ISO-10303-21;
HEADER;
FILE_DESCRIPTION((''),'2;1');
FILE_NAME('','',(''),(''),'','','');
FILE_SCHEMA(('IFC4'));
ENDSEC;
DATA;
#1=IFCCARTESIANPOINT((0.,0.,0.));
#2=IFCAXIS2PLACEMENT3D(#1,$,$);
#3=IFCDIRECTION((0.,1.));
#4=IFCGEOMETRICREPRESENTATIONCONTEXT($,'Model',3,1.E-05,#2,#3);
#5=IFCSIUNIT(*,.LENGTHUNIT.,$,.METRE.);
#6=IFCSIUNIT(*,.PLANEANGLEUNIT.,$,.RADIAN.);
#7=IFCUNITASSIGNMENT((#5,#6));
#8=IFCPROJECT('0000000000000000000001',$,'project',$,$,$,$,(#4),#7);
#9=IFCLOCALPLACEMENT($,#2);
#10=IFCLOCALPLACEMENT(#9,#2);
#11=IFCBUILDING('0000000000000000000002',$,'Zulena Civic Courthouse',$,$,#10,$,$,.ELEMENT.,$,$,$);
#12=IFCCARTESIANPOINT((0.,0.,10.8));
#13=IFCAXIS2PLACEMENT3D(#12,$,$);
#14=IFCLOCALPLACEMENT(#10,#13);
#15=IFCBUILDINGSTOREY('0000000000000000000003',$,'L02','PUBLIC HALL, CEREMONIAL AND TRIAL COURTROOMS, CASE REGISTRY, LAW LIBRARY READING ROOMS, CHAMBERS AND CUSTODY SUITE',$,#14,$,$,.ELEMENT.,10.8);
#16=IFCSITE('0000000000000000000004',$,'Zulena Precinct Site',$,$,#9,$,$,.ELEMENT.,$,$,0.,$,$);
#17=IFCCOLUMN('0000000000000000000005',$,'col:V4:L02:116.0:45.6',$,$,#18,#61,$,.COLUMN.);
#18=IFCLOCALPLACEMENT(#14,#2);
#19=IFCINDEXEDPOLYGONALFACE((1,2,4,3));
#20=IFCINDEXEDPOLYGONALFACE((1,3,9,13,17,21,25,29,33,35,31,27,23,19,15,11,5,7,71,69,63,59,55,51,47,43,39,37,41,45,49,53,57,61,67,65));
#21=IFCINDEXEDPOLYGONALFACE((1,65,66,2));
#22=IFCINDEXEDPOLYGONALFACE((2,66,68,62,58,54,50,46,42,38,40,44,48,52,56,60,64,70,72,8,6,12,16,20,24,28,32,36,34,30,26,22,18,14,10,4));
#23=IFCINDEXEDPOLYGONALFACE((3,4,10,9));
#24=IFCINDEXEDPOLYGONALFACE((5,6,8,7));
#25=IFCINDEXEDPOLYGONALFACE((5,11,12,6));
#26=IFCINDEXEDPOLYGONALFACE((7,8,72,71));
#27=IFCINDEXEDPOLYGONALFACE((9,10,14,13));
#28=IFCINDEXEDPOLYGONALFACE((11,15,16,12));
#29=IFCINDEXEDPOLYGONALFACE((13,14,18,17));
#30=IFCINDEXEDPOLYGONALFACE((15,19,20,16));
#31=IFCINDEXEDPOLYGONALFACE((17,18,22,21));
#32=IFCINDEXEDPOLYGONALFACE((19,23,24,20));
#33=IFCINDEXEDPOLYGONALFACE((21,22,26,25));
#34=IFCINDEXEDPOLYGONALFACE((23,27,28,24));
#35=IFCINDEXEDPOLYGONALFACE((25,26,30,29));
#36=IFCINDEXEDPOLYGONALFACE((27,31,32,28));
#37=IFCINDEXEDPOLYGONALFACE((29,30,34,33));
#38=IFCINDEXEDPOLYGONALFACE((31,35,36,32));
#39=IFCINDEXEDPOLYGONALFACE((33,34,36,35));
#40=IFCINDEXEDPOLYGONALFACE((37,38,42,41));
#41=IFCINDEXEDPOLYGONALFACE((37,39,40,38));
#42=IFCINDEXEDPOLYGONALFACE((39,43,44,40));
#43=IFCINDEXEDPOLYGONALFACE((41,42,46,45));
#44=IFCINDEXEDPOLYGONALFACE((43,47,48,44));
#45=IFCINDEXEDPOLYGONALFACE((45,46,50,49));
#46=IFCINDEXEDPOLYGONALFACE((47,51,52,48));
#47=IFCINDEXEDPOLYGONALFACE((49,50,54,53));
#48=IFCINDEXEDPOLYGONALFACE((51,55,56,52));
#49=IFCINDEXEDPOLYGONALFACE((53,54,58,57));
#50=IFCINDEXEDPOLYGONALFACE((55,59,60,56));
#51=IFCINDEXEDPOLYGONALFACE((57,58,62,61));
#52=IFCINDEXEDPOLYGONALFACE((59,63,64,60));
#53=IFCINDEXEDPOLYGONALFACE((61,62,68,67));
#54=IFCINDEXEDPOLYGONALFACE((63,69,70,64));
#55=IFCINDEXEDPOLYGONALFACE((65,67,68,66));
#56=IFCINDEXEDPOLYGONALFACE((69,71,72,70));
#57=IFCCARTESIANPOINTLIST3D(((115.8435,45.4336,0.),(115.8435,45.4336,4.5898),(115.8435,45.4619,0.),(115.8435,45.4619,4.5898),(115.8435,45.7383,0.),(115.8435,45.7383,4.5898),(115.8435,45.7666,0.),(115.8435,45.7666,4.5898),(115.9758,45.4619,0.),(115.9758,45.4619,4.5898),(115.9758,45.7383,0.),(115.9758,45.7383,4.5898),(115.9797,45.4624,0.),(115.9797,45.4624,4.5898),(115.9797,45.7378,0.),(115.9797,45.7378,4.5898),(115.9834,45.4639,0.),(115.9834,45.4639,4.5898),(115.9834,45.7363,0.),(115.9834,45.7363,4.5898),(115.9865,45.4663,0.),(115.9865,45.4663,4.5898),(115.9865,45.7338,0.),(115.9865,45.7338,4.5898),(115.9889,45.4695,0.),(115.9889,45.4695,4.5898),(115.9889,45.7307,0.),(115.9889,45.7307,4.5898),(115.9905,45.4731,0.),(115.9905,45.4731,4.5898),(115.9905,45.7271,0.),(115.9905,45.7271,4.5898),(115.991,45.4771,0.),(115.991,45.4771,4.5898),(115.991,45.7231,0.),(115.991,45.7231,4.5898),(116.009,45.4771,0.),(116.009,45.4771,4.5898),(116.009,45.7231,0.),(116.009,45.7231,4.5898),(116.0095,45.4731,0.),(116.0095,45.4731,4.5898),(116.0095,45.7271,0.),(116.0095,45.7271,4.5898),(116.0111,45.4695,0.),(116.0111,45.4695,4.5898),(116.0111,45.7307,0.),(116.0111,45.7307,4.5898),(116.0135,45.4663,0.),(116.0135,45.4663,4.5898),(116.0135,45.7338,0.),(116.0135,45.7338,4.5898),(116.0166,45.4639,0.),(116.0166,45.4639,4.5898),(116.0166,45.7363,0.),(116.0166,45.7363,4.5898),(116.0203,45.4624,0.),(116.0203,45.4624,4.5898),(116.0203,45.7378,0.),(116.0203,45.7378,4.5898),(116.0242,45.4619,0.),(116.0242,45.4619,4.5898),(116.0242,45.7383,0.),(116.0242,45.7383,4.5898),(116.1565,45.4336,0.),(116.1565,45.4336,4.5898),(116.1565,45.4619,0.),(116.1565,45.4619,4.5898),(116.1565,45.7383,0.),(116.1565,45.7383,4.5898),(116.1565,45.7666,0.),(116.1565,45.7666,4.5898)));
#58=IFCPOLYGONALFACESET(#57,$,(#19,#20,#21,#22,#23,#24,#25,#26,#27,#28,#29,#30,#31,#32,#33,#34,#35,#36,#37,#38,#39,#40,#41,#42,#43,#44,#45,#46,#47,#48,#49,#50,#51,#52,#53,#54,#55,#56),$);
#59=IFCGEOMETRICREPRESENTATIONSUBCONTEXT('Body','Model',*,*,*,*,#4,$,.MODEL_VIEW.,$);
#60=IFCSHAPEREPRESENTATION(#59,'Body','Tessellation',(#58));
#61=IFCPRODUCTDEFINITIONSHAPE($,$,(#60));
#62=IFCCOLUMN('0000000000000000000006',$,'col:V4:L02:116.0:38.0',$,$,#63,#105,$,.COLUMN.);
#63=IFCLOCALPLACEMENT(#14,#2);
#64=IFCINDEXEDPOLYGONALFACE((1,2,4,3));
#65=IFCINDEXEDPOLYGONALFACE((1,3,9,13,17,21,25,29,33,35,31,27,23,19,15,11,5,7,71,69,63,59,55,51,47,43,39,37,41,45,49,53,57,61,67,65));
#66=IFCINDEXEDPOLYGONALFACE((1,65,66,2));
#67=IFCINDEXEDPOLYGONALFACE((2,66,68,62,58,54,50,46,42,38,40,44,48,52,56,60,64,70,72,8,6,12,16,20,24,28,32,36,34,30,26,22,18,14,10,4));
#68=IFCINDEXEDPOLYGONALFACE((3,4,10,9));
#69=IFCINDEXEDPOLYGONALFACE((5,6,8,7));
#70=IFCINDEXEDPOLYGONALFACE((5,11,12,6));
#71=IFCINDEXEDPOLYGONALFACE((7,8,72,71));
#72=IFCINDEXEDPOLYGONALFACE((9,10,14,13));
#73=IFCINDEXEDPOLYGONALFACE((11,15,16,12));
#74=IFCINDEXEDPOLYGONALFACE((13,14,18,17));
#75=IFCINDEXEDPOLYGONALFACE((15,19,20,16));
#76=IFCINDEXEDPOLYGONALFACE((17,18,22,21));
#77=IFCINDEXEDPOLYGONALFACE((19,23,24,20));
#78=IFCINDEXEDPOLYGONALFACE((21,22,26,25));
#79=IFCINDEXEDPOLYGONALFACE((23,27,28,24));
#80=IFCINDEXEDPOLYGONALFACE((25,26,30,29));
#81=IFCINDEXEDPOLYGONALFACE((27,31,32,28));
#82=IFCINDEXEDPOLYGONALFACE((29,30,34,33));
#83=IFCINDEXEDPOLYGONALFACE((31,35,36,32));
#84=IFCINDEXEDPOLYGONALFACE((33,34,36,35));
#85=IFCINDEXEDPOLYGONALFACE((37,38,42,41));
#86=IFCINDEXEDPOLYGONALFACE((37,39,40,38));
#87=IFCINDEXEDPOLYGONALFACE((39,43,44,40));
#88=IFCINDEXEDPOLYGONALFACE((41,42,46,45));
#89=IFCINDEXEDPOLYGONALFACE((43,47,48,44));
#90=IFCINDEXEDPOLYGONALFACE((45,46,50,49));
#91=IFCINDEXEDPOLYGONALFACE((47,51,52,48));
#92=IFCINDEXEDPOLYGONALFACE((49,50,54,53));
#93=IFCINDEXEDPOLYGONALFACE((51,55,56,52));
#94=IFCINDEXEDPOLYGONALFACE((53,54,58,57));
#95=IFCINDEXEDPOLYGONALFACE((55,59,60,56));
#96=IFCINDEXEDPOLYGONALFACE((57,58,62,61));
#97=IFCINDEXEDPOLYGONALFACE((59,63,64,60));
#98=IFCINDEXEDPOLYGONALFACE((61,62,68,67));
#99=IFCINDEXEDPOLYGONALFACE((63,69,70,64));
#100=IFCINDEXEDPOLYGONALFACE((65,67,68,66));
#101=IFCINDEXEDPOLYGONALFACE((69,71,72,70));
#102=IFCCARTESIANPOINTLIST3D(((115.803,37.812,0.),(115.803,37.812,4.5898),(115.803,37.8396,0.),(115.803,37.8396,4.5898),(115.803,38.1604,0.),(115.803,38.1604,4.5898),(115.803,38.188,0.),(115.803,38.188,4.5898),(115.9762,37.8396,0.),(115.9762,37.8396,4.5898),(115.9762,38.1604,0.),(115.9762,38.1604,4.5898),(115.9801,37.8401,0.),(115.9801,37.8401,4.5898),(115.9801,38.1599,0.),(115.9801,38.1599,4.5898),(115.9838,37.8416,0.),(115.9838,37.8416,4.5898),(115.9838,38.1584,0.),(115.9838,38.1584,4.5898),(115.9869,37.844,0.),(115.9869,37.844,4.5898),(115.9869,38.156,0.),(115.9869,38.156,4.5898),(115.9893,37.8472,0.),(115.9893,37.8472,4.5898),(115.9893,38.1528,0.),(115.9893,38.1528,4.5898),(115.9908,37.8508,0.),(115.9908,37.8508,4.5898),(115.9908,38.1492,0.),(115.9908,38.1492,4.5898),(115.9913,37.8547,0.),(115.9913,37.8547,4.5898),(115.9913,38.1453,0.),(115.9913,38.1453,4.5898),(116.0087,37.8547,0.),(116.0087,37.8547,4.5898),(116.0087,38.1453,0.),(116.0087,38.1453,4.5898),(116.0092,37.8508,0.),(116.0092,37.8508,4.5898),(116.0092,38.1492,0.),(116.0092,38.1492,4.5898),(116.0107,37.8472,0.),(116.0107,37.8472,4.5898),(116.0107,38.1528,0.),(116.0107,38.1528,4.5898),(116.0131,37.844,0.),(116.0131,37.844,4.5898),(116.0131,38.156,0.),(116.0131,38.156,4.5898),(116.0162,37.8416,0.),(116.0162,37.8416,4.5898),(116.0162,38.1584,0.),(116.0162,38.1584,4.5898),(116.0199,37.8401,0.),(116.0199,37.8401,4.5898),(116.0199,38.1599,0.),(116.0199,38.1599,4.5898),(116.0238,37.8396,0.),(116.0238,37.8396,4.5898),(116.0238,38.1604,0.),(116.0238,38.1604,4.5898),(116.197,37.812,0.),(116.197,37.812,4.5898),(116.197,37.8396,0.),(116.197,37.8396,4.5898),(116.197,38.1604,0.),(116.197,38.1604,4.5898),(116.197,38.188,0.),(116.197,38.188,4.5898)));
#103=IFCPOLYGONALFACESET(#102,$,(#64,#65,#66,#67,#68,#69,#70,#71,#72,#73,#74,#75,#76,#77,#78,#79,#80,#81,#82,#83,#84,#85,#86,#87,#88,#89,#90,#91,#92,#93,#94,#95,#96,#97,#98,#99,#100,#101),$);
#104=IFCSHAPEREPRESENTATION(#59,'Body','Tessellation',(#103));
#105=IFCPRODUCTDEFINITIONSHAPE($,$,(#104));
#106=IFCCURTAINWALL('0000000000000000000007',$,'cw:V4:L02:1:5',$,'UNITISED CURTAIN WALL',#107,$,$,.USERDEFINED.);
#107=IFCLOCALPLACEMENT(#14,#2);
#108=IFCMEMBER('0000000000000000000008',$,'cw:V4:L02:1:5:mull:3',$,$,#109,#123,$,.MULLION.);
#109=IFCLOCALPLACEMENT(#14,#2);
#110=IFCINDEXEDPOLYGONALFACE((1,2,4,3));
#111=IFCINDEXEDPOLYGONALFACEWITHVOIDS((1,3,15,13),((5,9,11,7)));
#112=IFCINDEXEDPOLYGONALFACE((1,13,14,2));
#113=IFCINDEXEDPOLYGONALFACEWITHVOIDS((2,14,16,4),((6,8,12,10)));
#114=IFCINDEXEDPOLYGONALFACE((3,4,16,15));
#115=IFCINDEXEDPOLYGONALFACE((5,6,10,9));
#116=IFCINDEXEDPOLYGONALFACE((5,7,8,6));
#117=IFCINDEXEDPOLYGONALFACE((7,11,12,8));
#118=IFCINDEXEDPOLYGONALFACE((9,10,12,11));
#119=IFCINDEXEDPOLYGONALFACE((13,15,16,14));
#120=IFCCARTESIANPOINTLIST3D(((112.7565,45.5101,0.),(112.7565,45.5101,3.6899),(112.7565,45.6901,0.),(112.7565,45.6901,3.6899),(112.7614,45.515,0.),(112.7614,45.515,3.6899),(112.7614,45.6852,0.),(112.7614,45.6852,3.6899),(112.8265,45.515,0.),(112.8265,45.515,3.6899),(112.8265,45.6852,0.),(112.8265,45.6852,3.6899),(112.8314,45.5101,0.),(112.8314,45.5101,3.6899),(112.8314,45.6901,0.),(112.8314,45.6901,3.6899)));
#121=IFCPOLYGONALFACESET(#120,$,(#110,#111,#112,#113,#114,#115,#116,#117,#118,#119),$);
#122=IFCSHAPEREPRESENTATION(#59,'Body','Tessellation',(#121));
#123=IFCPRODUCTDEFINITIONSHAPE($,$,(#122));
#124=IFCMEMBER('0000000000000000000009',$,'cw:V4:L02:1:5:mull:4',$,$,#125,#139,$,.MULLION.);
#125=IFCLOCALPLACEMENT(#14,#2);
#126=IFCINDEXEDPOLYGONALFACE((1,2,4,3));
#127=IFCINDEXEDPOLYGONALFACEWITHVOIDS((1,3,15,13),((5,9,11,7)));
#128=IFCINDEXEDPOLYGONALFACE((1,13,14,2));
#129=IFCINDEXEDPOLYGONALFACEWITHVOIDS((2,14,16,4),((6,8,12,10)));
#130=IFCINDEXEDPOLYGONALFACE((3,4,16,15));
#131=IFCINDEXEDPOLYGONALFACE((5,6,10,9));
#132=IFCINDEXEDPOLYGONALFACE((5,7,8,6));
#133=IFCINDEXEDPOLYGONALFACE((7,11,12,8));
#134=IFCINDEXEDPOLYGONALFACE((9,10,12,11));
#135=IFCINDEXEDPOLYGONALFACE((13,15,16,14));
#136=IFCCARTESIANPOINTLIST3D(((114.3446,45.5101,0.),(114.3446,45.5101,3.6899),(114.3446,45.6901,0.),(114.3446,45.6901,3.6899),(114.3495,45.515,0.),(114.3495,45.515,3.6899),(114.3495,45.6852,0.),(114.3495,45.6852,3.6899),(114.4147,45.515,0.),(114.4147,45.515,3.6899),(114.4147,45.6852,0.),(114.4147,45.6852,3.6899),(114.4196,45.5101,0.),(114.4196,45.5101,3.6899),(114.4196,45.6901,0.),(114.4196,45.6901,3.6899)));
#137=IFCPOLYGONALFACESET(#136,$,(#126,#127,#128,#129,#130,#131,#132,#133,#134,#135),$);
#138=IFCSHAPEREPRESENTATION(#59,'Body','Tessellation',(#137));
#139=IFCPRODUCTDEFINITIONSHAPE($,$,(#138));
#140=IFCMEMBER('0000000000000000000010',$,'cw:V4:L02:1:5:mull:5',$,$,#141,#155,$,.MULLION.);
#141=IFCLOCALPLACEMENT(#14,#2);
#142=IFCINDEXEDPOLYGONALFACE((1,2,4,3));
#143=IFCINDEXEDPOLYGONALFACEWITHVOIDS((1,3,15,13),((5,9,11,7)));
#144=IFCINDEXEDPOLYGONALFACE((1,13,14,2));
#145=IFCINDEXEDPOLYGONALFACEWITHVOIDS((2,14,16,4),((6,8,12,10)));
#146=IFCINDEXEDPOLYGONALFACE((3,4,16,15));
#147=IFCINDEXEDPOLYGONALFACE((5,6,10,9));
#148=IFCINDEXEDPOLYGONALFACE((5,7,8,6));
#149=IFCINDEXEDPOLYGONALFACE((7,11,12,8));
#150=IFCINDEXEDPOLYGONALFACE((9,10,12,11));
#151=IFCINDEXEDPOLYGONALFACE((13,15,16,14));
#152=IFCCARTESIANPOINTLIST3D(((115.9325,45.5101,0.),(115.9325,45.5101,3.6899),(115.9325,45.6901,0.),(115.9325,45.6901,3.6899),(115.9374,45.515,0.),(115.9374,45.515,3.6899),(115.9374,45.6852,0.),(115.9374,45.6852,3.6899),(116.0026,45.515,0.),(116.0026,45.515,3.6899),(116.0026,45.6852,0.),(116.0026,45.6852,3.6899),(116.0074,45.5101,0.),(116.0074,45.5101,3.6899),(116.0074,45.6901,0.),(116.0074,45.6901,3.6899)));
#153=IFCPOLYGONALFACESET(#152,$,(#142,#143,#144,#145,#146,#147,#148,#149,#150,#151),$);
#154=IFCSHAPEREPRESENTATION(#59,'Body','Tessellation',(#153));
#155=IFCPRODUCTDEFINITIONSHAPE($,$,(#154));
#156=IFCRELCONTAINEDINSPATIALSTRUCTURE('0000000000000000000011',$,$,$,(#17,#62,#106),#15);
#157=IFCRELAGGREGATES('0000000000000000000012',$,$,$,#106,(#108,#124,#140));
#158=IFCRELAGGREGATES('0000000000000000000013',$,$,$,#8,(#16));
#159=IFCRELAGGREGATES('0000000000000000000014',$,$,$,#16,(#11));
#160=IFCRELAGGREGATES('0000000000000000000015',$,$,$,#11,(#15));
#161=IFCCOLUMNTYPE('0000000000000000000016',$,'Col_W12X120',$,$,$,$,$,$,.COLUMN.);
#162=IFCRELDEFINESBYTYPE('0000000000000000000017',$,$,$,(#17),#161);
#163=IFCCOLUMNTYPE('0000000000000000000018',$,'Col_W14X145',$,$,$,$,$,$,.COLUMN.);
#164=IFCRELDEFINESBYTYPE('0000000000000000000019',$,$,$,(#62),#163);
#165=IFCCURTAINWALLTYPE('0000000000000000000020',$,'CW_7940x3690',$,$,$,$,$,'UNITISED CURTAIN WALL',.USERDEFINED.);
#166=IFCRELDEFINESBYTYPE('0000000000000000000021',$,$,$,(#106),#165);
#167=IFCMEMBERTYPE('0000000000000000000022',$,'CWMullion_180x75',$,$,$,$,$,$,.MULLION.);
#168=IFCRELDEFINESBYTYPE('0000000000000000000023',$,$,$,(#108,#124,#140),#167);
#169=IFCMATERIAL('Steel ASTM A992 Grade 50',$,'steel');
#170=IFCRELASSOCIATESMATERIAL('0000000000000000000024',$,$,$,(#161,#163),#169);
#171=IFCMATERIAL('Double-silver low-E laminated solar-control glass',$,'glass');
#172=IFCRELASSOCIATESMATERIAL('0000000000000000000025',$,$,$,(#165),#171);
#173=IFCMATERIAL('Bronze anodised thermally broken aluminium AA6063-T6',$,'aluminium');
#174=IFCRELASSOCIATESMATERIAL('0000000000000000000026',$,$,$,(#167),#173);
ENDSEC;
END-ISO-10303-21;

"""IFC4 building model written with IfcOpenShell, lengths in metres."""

from ifc_helpers import new_model, si_unit, direction, frame, origin, origin_2d, place, context, subcontext, project, spatial, hollow_rectangle, i_section, extrude, material, material_profile, profile_set, type_object, element, aggregate, save


model = new_model("IFC4")

# Units and contexts
model_context = context("Model", 3, precision=1e-05, world=origin(), true_north=direction((0.0, 1.0)))
body_context = subcontext(model_context, "Body", "Model", "MODEL_VIEW")
ifc_project = project(units=[si_unit("LENGTHUNIT", "METRE"), si_unit("PLANEANGLEUNIT", "RADIAN")], contexts=[model_context])

# Site, building, storey
site_placement = place(None, origin())
site = spatial("IfcSite", under=ifc_project, at=site_placement, Name="Zulena Precinct Site", CompositionType="ELEMENT", RefElevation=0.0)
building_placement = place(site_placement, origin())
building = spatial("IfcBuilding", under=site, at=building_placement, Name="Zulena Civic Courthouse", CompositionType="ELEMENT")
storey_placement = place(building_placement, frame((0.0, 0.0, 10.8)))
storey = spatial("IfcBuildingStorey", under=building, at=storey_placement, Name="L02", Description="PUBLIC HALL, CEREMONIAL AND TRIAL COURTROOMS, CASE REGISTRY, LAW LIBRARY READING ROOMS, CHAMBERS AND CUSTODY SUITE", CompositionType="ELEMENT", Elevation=10.8)

# Columns
ifc_material_1 = material(Name="Steel ASTM A992 Grade 50", Category="steel")
ifc_material_profile_1 = material_profile(ifc_material_1, i_section(OverallWidth=0.313, OverallDepth=0.333, WebThickness=0.0181, FlangeThickness=0.0283, FilletRadius=0.0151, at=origin_2d()), Name="W12X120")
ifc_profile_set_1 = profile_set([ifc_material_profile_1], Name="Steel ASTM A992 Grade 50")
column_type_1 = type_object("IfcColumnType", Name="Col_W12X120", PredefinedType="COLUMN", material=ifc_profile_set_1)
column_1_placement = place(storey_placement, frame((116.0, 45.6001, 0.0), z_axis=(0.0, 0.0, 1.0), x_axis=(1.0, 0.0, 0.0)))
element("IfcColumn", 1, at=column_1_placement, inside=storey, type_object=column_type_1, Name="col:V4:L02:116.0:45.6", PredefinedType="COLUMN", context=body_context, shape_type="SweptSolid", body=[
    extrude(i_section(OverallWidth=0.313, OverallDepth=0.333, WebThickness=0.0181, FlangeThickness=0.0283, FilletRadius=0.0151, at=origin_2d()), origin(), (0.0, 0.0, 1.0), 4.5898),
])
ifc_material_profile_2 = material_profile(ifc_material_1, i_section(OverallWidth=0.394, OverallDepth=0.376, WebThickness=0.0173, FlangeThickness=0.0276, FilletRadius=0.0151, at=origin_2d()), Name="W14X145")
ifc_profile_set_2 = profile_set([ifc_material_profile_2], Name="Steel ASTM A992 Grade 50")
column_type_2 = type_object("IfcColumnType", Name="Col_W14X145", PredefinedType="COLUMN", material=ifc_profile_set_2)
column_2_placement = place(storey_placement, frame((116.0, 38.0, 0.0), z_axis=(0.0, 0.0, 1.0), x_axis=(1.0, 0.0, 0.0)))
element("IfcColumn", 2, at=column_2_placement, inside=storey, type_object=column_type_2, Name="col:V4:L02:116.0:38.0", PredefinedType="COLUMN", context=body_context, shape_type="SweptSolid", body=[
    extrude(i_section(OverallWidth=0.394, OverallDepth=0.376, WebThickness=0.0173, FlangeThickness=0.0276, FilletRadius=0.0151, at=origin_2d()), origin(), (0.0, 0.0, 1.0), 4.5898),
])

# Curtain wall, members
ifc_material_2 = material(Name="Double-silver low-E laminated solar-control glass", Category="glass")
curtain_wall_type = type_object("IfcCurtainWallType", Name="CW_7940x3690", ElementType="UNITISED CURTAIN WALL", PredefinedType="USERDEFINED", material=ifc_material_2)
curtain_wall_placement = place(storey_placement, origin())
curtain_wall = element("IfcCurtainWall", 3, at=curtain_wall_placement, inside=storey, type_object=curtain_wall_type, Name="cw:V4:L02:1:5", ObjectType="UNITISED CURTAIN WALL", PredefinedType="USERDEFINED")
ifc_material_3 = material(Name="Bronze anodised thermally broken aluminium AA6063-T6", Category="aluminium")
ifc_material_profile_3 = material_profile(ifc_material_3, hollow_rectangle(XDim=0.075, YDim=0.1799, WallThickness=0.0049, at=origin_2d()), Name="CWM180X75X5")
ifc_profile_set_3 = profile_set([ifc_material_profile_3], Name="Bronze anodised thermally broken aluminium AA6063-T6")
member_type = type_object("IfcMemberType", Name="CWMullion_180x75", PredefinedType="MULLION", material=ifc_profile_set_3)
member_1_placement = place(storey_placement, frame((112.7939, 45.6001, 0.0), z_axis=(0.0, 0.0, 1.0), x_axis=(1.0, 0.0, 0.0)))
member_1 = element("IfcMember", 4, at=member_1_placement, type_object=member_type, Name="cw:V4:L02:1:5:mull:3", PredefinedType="MULLION", context=body_context, shape_type="SweptSolid", body=[
    extrude(hollow_rectangle(XDim=0.075, YDim=0.1799, WallThickness=0.0049, at=origin_2d()), origin(), (0.0, 0.0, 1.0), 3.6899),
])
member_2_placement = place(storey_placement, frame((114.3821, 45.6001, 0.0), z_axis=(0.0, 0.0, 1.0), x_axis=(1.0, 0.0, 0.0)))
member_2 = element("IfcMember", 5, at=member_2_placement, type_object=member_type, Name="cw:V4:L02:1:5:mull:4", PredefinedType="MULLION", context=body_context, shape_type="SweptSolid", body=[
    extrude(hollow_rectangle(XDim=0.075, YDim=0.1799, WallThickness=0.0049, at=origin_2d()), origin(), (0.0, 0.0, 1.0), 3.6899),
])
member_3_placement = place(storey_placement, frame((115.97, 45.6001, 0.0), z_axis=(0.0, 0.0, 1.0), x_axis=(1.0, 0.0, 0.0)))
member_3 = element("IfcMember", 6, at=member_3_placement, type_object=member_type, Name="cw:V4:L02:1:5:mull:5", PredefinedType="MULLION", context=body_context, shape_type="SweptSolid", body=[
    extrude(hollow_rectangle(XDim=0.075, YDim=0.1799, WallThickness=0.0049, at=origin_2d()), origin(), (0.0, 0.0, 1.0), 3.6899),
])

aggregate(curtain_wall, [member_1, member_2, member_3])

save(model, "model.ifc")
